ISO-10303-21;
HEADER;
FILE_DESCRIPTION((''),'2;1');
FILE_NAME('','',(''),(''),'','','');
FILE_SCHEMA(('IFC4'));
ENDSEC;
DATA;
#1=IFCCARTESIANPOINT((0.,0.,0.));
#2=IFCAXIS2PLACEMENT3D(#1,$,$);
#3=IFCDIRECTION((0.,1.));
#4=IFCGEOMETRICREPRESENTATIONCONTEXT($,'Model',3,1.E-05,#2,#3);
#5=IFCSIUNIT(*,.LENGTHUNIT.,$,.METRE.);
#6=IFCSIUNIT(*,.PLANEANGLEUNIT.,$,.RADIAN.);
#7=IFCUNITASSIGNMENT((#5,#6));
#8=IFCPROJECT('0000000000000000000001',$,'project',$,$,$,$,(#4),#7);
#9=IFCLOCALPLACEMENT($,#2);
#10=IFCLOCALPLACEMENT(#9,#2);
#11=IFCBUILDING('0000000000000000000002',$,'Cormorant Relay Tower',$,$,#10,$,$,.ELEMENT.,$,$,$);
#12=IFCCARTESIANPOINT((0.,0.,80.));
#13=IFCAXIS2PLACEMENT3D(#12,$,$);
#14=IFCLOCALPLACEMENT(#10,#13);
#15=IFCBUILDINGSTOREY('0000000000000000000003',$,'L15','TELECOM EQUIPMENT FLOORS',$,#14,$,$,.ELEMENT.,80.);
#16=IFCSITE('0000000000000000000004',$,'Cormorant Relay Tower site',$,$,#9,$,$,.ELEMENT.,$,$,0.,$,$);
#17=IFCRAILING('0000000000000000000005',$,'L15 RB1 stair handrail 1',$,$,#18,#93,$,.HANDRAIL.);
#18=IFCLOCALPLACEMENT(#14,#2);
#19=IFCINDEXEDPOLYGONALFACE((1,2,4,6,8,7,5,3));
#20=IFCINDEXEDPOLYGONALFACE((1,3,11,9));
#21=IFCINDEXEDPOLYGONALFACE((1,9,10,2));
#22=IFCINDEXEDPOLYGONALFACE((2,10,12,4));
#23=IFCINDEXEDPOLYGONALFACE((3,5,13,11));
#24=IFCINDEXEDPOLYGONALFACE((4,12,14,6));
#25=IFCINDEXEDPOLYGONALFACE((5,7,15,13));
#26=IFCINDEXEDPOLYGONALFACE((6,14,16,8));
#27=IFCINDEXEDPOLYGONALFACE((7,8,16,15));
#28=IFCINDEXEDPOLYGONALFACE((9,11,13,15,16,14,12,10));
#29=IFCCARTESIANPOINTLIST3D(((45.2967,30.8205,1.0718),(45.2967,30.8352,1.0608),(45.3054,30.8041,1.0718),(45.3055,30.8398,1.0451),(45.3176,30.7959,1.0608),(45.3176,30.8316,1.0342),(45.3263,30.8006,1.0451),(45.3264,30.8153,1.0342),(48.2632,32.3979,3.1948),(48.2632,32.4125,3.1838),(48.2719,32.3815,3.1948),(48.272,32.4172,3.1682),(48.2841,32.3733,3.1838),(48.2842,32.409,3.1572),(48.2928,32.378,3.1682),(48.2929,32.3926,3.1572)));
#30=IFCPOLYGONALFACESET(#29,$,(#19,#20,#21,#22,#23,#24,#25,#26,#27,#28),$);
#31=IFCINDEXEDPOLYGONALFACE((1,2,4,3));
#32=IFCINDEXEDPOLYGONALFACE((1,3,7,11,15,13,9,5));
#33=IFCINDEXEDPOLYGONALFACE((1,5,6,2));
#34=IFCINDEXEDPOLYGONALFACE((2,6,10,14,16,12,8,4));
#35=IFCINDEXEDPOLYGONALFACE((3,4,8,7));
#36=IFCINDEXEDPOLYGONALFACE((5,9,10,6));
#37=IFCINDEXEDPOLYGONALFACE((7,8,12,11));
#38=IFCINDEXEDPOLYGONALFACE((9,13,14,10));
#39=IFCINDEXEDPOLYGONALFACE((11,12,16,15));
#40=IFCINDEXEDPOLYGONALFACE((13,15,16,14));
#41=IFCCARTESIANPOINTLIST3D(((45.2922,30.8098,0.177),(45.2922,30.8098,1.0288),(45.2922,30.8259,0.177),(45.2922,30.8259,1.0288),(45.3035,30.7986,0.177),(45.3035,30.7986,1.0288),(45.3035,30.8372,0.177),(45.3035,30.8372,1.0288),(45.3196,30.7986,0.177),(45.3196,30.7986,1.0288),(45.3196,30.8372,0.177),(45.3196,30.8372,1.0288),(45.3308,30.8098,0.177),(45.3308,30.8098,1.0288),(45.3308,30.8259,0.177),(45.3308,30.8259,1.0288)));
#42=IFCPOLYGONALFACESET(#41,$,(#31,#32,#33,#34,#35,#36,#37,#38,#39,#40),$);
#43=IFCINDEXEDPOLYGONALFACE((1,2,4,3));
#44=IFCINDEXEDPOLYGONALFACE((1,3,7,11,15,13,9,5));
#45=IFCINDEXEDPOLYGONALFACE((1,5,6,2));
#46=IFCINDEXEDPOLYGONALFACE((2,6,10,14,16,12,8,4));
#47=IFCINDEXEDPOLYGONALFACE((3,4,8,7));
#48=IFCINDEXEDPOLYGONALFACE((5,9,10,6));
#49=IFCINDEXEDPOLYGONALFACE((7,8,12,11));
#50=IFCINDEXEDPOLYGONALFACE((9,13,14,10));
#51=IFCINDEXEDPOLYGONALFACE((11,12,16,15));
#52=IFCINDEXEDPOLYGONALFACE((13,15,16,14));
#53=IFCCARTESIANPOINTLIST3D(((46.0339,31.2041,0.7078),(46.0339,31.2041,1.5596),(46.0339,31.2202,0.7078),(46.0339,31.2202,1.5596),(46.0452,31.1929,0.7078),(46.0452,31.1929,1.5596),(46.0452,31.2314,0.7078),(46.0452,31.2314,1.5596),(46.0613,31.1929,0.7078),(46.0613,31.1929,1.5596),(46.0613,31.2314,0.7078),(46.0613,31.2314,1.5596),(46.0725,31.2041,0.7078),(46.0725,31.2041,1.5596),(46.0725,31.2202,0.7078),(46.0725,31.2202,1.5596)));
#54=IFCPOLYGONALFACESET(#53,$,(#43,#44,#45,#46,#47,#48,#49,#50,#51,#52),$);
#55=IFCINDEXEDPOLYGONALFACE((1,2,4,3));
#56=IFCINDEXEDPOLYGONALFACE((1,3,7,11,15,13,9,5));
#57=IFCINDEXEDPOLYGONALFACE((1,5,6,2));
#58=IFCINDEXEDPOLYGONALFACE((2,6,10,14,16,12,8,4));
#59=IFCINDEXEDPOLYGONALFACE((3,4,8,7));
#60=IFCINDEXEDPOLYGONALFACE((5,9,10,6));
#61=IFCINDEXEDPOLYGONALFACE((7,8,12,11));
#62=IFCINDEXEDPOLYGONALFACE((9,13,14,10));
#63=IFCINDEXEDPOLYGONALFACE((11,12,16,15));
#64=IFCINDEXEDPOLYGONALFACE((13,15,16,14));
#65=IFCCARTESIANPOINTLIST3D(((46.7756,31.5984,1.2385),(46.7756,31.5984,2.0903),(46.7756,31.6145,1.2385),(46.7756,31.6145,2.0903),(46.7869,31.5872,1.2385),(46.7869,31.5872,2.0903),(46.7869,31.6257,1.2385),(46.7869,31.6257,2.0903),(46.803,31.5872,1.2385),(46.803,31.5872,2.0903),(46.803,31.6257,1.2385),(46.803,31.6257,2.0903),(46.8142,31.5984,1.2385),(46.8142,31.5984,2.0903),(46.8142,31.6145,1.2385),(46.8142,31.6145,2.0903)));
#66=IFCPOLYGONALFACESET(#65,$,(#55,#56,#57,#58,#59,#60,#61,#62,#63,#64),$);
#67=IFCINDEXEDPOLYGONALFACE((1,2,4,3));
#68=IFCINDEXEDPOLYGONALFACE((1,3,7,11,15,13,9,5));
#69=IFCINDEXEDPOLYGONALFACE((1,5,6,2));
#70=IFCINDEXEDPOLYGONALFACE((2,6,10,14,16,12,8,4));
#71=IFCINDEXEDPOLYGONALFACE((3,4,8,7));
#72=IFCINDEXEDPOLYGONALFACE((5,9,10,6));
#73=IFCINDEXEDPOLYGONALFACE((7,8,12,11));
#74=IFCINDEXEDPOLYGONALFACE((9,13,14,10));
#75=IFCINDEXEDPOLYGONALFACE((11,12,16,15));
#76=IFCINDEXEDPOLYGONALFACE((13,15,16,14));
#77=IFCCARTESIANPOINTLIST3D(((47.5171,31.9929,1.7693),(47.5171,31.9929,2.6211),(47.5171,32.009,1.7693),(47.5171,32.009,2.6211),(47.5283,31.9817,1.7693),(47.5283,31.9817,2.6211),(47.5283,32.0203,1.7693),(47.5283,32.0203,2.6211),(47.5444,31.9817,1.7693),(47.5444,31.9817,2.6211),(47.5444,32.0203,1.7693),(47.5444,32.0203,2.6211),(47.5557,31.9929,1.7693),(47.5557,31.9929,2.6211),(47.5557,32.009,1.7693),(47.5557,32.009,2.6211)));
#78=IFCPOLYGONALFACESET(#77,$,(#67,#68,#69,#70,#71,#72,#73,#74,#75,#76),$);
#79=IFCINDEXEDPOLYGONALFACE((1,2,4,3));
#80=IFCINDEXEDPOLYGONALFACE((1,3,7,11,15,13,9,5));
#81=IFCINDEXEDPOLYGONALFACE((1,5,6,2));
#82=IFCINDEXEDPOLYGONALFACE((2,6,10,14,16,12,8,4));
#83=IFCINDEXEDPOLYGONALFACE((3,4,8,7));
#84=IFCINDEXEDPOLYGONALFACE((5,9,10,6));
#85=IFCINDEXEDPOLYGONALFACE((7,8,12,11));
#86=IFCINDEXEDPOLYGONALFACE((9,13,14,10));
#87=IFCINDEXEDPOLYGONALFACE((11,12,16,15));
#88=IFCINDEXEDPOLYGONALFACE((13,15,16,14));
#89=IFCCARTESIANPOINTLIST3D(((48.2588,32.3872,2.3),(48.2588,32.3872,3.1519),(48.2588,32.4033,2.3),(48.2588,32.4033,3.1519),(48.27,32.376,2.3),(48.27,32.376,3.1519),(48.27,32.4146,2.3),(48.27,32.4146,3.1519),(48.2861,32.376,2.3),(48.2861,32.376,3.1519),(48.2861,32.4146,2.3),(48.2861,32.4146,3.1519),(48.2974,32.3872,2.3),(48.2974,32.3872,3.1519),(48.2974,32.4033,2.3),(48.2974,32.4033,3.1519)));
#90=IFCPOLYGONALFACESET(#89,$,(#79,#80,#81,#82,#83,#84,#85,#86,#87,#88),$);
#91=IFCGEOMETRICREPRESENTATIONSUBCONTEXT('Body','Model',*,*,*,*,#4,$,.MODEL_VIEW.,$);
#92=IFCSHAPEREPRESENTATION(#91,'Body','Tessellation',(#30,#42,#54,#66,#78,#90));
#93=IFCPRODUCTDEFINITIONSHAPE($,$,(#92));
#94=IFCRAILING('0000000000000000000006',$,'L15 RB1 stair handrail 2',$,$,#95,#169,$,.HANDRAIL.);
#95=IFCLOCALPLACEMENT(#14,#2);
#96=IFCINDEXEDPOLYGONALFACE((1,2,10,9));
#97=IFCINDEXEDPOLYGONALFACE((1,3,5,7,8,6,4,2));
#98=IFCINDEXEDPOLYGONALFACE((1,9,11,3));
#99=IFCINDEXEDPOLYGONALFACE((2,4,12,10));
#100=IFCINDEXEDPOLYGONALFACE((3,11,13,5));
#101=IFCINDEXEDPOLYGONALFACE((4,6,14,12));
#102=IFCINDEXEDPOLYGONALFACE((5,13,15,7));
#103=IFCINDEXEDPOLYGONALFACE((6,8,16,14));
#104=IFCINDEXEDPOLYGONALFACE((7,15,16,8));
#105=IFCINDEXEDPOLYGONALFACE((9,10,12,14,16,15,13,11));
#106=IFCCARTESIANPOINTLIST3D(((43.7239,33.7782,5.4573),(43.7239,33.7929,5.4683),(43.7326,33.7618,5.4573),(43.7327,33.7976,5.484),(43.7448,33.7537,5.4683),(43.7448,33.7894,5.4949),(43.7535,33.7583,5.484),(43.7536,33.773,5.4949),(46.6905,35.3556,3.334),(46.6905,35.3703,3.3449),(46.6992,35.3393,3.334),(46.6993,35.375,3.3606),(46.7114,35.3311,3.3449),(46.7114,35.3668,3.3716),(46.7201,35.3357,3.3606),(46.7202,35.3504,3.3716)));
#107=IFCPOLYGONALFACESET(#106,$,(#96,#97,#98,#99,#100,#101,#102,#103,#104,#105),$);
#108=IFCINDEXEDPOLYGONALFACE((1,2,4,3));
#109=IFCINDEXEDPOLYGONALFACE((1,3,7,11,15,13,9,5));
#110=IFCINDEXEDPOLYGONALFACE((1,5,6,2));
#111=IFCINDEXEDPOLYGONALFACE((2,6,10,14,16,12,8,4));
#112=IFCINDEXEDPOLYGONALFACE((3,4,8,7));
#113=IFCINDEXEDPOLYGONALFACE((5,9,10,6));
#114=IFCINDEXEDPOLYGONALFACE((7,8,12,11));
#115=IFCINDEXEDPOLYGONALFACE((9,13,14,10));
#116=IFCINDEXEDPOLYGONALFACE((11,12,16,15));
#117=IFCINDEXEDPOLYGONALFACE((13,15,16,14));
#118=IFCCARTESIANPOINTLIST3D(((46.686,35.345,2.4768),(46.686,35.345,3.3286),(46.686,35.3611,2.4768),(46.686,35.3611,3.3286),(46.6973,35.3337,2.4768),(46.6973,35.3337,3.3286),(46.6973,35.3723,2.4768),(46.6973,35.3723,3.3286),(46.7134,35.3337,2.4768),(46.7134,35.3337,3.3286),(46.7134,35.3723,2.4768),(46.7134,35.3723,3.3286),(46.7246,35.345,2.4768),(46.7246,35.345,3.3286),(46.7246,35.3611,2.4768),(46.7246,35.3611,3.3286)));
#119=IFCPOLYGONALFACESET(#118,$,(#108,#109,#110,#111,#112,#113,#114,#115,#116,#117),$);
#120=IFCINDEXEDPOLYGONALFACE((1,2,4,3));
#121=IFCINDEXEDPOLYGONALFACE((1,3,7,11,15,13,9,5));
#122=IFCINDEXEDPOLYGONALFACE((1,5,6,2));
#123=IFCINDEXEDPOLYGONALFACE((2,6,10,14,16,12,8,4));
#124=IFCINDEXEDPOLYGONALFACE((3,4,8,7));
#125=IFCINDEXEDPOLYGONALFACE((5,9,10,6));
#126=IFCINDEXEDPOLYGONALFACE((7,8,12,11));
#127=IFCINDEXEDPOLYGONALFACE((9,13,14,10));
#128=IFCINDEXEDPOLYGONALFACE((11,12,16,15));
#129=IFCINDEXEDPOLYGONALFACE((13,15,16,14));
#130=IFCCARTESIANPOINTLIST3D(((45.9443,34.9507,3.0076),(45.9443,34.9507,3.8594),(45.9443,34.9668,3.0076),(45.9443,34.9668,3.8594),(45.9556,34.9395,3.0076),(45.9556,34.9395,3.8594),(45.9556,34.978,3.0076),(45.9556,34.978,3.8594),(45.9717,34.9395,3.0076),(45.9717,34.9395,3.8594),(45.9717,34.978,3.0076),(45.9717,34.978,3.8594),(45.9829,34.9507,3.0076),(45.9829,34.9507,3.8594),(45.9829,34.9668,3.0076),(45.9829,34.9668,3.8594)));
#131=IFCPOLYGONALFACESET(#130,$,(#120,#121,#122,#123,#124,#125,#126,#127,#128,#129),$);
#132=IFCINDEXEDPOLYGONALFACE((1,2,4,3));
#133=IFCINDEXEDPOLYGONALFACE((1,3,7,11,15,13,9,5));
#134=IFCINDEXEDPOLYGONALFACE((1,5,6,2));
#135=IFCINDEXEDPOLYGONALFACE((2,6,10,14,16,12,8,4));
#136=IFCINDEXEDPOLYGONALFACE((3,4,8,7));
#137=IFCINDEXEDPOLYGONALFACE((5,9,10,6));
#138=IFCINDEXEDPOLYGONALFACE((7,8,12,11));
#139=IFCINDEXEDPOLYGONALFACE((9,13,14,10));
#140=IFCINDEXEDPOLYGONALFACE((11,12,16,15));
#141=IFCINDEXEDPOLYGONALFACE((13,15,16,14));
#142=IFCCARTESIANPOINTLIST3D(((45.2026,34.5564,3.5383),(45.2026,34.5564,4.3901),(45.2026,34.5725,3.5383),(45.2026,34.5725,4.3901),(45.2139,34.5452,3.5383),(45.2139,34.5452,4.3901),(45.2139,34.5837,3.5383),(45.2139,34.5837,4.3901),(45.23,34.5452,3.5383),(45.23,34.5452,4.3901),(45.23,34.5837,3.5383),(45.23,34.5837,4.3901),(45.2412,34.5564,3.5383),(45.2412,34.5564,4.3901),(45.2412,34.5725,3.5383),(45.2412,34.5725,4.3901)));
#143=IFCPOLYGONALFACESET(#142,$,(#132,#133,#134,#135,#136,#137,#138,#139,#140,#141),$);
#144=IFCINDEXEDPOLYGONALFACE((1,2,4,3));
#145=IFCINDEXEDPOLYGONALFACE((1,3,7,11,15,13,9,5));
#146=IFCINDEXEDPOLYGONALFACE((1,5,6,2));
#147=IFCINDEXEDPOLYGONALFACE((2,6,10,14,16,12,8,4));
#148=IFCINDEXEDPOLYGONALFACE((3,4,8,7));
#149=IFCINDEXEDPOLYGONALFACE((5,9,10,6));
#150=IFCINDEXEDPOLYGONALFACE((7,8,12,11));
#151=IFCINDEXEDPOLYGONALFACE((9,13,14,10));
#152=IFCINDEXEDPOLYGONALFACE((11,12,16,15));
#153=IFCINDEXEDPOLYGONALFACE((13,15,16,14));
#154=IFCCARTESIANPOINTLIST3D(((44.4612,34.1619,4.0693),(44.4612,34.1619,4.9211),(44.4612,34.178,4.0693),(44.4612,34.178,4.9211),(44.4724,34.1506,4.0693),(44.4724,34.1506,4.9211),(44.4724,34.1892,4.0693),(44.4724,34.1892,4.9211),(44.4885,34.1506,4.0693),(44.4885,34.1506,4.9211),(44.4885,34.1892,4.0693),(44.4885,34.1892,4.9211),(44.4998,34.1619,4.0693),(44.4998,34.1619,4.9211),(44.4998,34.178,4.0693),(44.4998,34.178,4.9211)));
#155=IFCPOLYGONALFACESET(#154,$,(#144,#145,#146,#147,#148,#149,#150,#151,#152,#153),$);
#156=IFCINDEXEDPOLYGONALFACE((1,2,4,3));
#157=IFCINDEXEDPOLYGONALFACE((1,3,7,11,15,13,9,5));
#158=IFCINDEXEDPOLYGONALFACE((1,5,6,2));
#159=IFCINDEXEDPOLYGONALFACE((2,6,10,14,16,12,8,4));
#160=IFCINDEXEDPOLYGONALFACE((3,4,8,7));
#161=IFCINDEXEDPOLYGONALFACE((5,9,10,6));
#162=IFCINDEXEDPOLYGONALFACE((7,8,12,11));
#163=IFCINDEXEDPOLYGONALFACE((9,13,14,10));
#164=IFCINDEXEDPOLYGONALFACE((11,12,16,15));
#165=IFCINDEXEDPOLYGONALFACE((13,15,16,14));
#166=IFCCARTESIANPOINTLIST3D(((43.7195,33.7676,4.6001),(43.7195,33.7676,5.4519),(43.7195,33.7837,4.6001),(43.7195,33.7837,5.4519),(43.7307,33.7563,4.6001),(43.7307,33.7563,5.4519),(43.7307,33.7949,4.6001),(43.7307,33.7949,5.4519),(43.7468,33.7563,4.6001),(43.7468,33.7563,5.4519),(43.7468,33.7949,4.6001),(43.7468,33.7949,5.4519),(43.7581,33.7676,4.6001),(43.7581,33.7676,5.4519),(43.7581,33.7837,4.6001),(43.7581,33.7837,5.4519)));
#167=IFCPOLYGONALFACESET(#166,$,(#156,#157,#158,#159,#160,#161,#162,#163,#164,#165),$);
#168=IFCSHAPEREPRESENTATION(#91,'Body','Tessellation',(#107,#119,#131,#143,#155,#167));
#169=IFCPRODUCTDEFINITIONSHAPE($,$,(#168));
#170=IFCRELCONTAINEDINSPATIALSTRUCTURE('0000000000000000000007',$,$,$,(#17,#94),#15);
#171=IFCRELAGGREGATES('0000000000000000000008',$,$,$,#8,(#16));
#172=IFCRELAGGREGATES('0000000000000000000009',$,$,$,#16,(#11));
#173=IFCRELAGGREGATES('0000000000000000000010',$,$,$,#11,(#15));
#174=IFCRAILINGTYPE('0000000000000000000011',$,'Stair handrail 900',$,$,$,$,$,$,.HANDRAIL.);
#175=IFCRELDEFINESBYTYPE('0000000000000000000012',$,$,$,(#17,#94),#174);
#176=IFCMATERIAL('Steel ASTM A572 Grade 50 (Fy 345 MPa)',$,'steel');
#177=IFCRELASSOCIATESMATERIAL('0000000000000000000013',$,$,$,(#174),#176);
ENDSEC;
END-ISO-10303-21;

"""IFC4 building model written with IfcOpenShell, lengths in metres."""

from ifc_helpers import new_model, si_unit, direction, frame, origin, place, context, subcontext, project, spatial, polyline, outline, extrude, material, type_object, element, save


model = new_model("IFC4")

# Units and contexts
model_context = context("Model", 3, precision=1e-05, world=origin(), true_north=direction((0.0, 1.0)))
body_context = subcontext(model_context, "Body", "Model", "MODEL_VIEW")
ifc_project = project(units=[si_unit("LENGTHUNIT", "METRE"), si_unit("PLANEANGLEUNIT", "RADIAN")], contexts=[model_context])

# Site, building, storey
site_placement = place(None, origin())
site = spatial("IfcSite", under=ifc_project, at=site_placement, Name="Cormorant Relay Tower site", CompositionType="ELEMENT", RefElevation=0.0)
building_placement = place(site_placement, origin())
building = spatial("IfcBuilding", under=site, at=building_placement, Name="Cormorant Relay Tower", CompositionType="ELEMENT")
storey_placement = place(building_placement, frame((0.0, 0.0, 80.0)))
storey = spatial("IfcBuildingStorey", under=building, at=storey_placement, Name="L15", Description="TELECOM EQUIPMENT FLOORS", CompositionType="ELEMENT", Elevation=80.0)

# Railings
ifc_material_1 = material(Name="Steel ASTM A572 Grade 50 (Fy 345 MPa)", Category="steel")
railing_type_1 = type_object("IfcRailingType", Name="Stair handrail 900", PredefinedType="HANDRAIL", material=ifc_material_1)
railing_1_placement = place(storey_placement, frame((45.3115, 30.8179, 0.177)))
element("IfcRailing", 1, at=railing_1_placement, inside=storey, type_object=railing_type_1, Name="L15 RB1 stair handrail 1", PredefinedType="HANDRAIL", context=body_context, shape_type="SweptSolid", body=[
    extrude(outline(polyline([(0.0222, 0.0093), (0.0093, 0.0222), (-0.0093, 0.0222), (-0.0222, 0.0093), (-0.0222, -0.0093), (-0.0093, -0.0222), (0.0093, -0.0222), (0.0222, -0.0093), (0.0222, 0.0093)])), frame((0.0, 0.0, 0.876), z_axis=(0.746413, 0.396887, 0.534179), x_axis=(-0.469483, 0.882942, 0.0)), (0.0, 0.0, 1.0), 3.9744),
    extrude(outline(polyline([(0.0193, 0.0081), (0.0081, 0.0193), (-0.0081, 0.0193), (-0.0193, 0.0081), (-0.0193, -0.0081), (-0.0081, -0.0193), (0.0081, -0.0193), (0.0193, -0.0081), (0.0193, 0.0081)])), origin(), (0.0, 0.0, 1.0), 0.8518),
    extrude(outline(polyline([(0.0193, 0.0081), (0.0081, 0.0193), (-0.0081, 0.0193), (-0.0193, 0.0081), (-0.0193, -0.0081), (-0.0081, -0.0193), (0.0081, -0.0193), (0.0193, -0.0081), (0.0193, 0.0081)])), frame((0.7417, 0.3943, 0.5308)), (0.0, 0.0, 1.0), 0.8518),
    extrude(outline(polyline([(0.0193, 0.0081), (0.0081, 0.0193), (-0.0081, 0.0193), (-0.0193, 0.0081), (-0.0193, -0.0081), (-0.0081, -0.0193), (0.0081, -0.0193), (0.0193, -0.0081), (0.0193, 0.0081)])), frame((1.4834, 0.7886, 1.0615)), (0.0, 0.0, 1.0), 0.8518),
    extrude(outline(polyline([(0.0193, 0.0081), (0.0081, 0.0193), (-0.0081, 0.0193), (-0.0193, 0.0081), (-0.0193, -0.0081), (-0.0081, -0.0193), (0.0081, -0.0193), (0.0193, -0.0081), (0.0193, 0.0081)])), frame((2.2249, 1.1831, 1.5923)), (0.0, 0.0, 1.0), 0.8518),
    extrude(outline(polyline([(0.0193, 0.0081), (0.0081, 0.0193), (-0.0081, 0.0193), (-0.0193, 0.0081), (-0.0193, -0.0081), (-0.0081, -0.0193), (0.0081, -0.0193), (0.0193, -0.0081), (0.0193, 0.0081)])), frame((2.9666, 1.5774, 2.123)), (0.0, 0.0, 1.0), 0.8518),
])
railing_2_placement = place(storey_placement, frame((46.7053, 35.353, 2.4768)))
element("IfcRailing", 2, at=railing_2_placement, inside=storey, type_object=railing_type_1, Name="L15 RB1 stair handrail 2", PredefinedType="HANDRAIL", context=body_context, shape_type="SweptSolid", body=[
    extrude(outline(polyline([(0.0222, 0.0093), (0.0093, 0.0222), (-0.0093, 0.0222), (-0.0222, 0.0093), (-0.0222, -0.0093), (-0.0093, -0.0222), (0.0093, -0.0222), (0.0222, -0.0093), (0.0222, 0.0093)])), frame((0.0, 0.0, 0.876), z_axis=(-0.746389, -0.396874, 0.534223), x_axis=(0.469483, -0.882942, 0.0)), (0.0, 0.0, 1.0), 3.9746),
    extrude(outline(polyline([(0.0193, 0.0081), (0.0081, 0.0193), (-0.0081, 0.0193), (-0.0193, 0.0081), (-0.0193, -0.0081), (-0.0081, -0.0193), (0.0081, -0.0193), (0.0193, -0.0081), (0.0193, 0.0081)])), origin(), (0.0, 0.0, 1.0), 0.8518),
    extrude(outline(polyline([(0.0193, 0.0081), (0.0081, 0.0193), (-0.0081, 0.0193), (-0.0193, 0.0081), (-0.0193, -0.0081), (-0.0081, -0.0193), (0.0081, -0.0193), (0.0193, -0.0081), (0.0193, 0.0081)])), frame((-0.7417, -0.3943, 0.5308)), (0.0, 0.0, 1.0), 0.8518),
    extrude(outline(polyline([(0.0193, 0.0081), (0.0081, 0.0193), (-0.0081, 0.0193), (-0.0193, 0.0081), (-0.0193, -0.0081), (-0.0081, -0.0193), (0.0081, -0.0193), (0.0193, -0.0081), (0.0193, 0.0081)])), frame((-1.4834, -0.7886, 1.0615)), (0.0, 0.0, 1.0), 0.8518),
    extrude(outline(polyline([(0.0193, 0.0081), (0.0081, 0.0193), (-0.0081, 0.0193), (-0.0193, 0.0081), (-0.0193, -0.0081), (-0.0081, -0.0193), (0.0081, -0.0193), (0.0193, -0.0081), (0.0193, 0.0081)])), frame((-2.2249, -1.1831, 1.5925)), (0.0, 0.0, 1.0), 0.8518),
    extrude(outline(polyline([(0.0193, 0.0081), (0.0081, 0.0193), (-0.0081, 0.0193), (-0.0193, 0.0081), (-0.0193, -0.0081), (-0.0081, -0.0193), (0.0081, -0.0193), (0.0193, -0.0081), (0.0193, 0.0081)])), frame((-2.9666, -1.5774, 2.1233)), (0.0, 0.0, 1.0), 0.8518),
])

save(model, "model.ifc")
